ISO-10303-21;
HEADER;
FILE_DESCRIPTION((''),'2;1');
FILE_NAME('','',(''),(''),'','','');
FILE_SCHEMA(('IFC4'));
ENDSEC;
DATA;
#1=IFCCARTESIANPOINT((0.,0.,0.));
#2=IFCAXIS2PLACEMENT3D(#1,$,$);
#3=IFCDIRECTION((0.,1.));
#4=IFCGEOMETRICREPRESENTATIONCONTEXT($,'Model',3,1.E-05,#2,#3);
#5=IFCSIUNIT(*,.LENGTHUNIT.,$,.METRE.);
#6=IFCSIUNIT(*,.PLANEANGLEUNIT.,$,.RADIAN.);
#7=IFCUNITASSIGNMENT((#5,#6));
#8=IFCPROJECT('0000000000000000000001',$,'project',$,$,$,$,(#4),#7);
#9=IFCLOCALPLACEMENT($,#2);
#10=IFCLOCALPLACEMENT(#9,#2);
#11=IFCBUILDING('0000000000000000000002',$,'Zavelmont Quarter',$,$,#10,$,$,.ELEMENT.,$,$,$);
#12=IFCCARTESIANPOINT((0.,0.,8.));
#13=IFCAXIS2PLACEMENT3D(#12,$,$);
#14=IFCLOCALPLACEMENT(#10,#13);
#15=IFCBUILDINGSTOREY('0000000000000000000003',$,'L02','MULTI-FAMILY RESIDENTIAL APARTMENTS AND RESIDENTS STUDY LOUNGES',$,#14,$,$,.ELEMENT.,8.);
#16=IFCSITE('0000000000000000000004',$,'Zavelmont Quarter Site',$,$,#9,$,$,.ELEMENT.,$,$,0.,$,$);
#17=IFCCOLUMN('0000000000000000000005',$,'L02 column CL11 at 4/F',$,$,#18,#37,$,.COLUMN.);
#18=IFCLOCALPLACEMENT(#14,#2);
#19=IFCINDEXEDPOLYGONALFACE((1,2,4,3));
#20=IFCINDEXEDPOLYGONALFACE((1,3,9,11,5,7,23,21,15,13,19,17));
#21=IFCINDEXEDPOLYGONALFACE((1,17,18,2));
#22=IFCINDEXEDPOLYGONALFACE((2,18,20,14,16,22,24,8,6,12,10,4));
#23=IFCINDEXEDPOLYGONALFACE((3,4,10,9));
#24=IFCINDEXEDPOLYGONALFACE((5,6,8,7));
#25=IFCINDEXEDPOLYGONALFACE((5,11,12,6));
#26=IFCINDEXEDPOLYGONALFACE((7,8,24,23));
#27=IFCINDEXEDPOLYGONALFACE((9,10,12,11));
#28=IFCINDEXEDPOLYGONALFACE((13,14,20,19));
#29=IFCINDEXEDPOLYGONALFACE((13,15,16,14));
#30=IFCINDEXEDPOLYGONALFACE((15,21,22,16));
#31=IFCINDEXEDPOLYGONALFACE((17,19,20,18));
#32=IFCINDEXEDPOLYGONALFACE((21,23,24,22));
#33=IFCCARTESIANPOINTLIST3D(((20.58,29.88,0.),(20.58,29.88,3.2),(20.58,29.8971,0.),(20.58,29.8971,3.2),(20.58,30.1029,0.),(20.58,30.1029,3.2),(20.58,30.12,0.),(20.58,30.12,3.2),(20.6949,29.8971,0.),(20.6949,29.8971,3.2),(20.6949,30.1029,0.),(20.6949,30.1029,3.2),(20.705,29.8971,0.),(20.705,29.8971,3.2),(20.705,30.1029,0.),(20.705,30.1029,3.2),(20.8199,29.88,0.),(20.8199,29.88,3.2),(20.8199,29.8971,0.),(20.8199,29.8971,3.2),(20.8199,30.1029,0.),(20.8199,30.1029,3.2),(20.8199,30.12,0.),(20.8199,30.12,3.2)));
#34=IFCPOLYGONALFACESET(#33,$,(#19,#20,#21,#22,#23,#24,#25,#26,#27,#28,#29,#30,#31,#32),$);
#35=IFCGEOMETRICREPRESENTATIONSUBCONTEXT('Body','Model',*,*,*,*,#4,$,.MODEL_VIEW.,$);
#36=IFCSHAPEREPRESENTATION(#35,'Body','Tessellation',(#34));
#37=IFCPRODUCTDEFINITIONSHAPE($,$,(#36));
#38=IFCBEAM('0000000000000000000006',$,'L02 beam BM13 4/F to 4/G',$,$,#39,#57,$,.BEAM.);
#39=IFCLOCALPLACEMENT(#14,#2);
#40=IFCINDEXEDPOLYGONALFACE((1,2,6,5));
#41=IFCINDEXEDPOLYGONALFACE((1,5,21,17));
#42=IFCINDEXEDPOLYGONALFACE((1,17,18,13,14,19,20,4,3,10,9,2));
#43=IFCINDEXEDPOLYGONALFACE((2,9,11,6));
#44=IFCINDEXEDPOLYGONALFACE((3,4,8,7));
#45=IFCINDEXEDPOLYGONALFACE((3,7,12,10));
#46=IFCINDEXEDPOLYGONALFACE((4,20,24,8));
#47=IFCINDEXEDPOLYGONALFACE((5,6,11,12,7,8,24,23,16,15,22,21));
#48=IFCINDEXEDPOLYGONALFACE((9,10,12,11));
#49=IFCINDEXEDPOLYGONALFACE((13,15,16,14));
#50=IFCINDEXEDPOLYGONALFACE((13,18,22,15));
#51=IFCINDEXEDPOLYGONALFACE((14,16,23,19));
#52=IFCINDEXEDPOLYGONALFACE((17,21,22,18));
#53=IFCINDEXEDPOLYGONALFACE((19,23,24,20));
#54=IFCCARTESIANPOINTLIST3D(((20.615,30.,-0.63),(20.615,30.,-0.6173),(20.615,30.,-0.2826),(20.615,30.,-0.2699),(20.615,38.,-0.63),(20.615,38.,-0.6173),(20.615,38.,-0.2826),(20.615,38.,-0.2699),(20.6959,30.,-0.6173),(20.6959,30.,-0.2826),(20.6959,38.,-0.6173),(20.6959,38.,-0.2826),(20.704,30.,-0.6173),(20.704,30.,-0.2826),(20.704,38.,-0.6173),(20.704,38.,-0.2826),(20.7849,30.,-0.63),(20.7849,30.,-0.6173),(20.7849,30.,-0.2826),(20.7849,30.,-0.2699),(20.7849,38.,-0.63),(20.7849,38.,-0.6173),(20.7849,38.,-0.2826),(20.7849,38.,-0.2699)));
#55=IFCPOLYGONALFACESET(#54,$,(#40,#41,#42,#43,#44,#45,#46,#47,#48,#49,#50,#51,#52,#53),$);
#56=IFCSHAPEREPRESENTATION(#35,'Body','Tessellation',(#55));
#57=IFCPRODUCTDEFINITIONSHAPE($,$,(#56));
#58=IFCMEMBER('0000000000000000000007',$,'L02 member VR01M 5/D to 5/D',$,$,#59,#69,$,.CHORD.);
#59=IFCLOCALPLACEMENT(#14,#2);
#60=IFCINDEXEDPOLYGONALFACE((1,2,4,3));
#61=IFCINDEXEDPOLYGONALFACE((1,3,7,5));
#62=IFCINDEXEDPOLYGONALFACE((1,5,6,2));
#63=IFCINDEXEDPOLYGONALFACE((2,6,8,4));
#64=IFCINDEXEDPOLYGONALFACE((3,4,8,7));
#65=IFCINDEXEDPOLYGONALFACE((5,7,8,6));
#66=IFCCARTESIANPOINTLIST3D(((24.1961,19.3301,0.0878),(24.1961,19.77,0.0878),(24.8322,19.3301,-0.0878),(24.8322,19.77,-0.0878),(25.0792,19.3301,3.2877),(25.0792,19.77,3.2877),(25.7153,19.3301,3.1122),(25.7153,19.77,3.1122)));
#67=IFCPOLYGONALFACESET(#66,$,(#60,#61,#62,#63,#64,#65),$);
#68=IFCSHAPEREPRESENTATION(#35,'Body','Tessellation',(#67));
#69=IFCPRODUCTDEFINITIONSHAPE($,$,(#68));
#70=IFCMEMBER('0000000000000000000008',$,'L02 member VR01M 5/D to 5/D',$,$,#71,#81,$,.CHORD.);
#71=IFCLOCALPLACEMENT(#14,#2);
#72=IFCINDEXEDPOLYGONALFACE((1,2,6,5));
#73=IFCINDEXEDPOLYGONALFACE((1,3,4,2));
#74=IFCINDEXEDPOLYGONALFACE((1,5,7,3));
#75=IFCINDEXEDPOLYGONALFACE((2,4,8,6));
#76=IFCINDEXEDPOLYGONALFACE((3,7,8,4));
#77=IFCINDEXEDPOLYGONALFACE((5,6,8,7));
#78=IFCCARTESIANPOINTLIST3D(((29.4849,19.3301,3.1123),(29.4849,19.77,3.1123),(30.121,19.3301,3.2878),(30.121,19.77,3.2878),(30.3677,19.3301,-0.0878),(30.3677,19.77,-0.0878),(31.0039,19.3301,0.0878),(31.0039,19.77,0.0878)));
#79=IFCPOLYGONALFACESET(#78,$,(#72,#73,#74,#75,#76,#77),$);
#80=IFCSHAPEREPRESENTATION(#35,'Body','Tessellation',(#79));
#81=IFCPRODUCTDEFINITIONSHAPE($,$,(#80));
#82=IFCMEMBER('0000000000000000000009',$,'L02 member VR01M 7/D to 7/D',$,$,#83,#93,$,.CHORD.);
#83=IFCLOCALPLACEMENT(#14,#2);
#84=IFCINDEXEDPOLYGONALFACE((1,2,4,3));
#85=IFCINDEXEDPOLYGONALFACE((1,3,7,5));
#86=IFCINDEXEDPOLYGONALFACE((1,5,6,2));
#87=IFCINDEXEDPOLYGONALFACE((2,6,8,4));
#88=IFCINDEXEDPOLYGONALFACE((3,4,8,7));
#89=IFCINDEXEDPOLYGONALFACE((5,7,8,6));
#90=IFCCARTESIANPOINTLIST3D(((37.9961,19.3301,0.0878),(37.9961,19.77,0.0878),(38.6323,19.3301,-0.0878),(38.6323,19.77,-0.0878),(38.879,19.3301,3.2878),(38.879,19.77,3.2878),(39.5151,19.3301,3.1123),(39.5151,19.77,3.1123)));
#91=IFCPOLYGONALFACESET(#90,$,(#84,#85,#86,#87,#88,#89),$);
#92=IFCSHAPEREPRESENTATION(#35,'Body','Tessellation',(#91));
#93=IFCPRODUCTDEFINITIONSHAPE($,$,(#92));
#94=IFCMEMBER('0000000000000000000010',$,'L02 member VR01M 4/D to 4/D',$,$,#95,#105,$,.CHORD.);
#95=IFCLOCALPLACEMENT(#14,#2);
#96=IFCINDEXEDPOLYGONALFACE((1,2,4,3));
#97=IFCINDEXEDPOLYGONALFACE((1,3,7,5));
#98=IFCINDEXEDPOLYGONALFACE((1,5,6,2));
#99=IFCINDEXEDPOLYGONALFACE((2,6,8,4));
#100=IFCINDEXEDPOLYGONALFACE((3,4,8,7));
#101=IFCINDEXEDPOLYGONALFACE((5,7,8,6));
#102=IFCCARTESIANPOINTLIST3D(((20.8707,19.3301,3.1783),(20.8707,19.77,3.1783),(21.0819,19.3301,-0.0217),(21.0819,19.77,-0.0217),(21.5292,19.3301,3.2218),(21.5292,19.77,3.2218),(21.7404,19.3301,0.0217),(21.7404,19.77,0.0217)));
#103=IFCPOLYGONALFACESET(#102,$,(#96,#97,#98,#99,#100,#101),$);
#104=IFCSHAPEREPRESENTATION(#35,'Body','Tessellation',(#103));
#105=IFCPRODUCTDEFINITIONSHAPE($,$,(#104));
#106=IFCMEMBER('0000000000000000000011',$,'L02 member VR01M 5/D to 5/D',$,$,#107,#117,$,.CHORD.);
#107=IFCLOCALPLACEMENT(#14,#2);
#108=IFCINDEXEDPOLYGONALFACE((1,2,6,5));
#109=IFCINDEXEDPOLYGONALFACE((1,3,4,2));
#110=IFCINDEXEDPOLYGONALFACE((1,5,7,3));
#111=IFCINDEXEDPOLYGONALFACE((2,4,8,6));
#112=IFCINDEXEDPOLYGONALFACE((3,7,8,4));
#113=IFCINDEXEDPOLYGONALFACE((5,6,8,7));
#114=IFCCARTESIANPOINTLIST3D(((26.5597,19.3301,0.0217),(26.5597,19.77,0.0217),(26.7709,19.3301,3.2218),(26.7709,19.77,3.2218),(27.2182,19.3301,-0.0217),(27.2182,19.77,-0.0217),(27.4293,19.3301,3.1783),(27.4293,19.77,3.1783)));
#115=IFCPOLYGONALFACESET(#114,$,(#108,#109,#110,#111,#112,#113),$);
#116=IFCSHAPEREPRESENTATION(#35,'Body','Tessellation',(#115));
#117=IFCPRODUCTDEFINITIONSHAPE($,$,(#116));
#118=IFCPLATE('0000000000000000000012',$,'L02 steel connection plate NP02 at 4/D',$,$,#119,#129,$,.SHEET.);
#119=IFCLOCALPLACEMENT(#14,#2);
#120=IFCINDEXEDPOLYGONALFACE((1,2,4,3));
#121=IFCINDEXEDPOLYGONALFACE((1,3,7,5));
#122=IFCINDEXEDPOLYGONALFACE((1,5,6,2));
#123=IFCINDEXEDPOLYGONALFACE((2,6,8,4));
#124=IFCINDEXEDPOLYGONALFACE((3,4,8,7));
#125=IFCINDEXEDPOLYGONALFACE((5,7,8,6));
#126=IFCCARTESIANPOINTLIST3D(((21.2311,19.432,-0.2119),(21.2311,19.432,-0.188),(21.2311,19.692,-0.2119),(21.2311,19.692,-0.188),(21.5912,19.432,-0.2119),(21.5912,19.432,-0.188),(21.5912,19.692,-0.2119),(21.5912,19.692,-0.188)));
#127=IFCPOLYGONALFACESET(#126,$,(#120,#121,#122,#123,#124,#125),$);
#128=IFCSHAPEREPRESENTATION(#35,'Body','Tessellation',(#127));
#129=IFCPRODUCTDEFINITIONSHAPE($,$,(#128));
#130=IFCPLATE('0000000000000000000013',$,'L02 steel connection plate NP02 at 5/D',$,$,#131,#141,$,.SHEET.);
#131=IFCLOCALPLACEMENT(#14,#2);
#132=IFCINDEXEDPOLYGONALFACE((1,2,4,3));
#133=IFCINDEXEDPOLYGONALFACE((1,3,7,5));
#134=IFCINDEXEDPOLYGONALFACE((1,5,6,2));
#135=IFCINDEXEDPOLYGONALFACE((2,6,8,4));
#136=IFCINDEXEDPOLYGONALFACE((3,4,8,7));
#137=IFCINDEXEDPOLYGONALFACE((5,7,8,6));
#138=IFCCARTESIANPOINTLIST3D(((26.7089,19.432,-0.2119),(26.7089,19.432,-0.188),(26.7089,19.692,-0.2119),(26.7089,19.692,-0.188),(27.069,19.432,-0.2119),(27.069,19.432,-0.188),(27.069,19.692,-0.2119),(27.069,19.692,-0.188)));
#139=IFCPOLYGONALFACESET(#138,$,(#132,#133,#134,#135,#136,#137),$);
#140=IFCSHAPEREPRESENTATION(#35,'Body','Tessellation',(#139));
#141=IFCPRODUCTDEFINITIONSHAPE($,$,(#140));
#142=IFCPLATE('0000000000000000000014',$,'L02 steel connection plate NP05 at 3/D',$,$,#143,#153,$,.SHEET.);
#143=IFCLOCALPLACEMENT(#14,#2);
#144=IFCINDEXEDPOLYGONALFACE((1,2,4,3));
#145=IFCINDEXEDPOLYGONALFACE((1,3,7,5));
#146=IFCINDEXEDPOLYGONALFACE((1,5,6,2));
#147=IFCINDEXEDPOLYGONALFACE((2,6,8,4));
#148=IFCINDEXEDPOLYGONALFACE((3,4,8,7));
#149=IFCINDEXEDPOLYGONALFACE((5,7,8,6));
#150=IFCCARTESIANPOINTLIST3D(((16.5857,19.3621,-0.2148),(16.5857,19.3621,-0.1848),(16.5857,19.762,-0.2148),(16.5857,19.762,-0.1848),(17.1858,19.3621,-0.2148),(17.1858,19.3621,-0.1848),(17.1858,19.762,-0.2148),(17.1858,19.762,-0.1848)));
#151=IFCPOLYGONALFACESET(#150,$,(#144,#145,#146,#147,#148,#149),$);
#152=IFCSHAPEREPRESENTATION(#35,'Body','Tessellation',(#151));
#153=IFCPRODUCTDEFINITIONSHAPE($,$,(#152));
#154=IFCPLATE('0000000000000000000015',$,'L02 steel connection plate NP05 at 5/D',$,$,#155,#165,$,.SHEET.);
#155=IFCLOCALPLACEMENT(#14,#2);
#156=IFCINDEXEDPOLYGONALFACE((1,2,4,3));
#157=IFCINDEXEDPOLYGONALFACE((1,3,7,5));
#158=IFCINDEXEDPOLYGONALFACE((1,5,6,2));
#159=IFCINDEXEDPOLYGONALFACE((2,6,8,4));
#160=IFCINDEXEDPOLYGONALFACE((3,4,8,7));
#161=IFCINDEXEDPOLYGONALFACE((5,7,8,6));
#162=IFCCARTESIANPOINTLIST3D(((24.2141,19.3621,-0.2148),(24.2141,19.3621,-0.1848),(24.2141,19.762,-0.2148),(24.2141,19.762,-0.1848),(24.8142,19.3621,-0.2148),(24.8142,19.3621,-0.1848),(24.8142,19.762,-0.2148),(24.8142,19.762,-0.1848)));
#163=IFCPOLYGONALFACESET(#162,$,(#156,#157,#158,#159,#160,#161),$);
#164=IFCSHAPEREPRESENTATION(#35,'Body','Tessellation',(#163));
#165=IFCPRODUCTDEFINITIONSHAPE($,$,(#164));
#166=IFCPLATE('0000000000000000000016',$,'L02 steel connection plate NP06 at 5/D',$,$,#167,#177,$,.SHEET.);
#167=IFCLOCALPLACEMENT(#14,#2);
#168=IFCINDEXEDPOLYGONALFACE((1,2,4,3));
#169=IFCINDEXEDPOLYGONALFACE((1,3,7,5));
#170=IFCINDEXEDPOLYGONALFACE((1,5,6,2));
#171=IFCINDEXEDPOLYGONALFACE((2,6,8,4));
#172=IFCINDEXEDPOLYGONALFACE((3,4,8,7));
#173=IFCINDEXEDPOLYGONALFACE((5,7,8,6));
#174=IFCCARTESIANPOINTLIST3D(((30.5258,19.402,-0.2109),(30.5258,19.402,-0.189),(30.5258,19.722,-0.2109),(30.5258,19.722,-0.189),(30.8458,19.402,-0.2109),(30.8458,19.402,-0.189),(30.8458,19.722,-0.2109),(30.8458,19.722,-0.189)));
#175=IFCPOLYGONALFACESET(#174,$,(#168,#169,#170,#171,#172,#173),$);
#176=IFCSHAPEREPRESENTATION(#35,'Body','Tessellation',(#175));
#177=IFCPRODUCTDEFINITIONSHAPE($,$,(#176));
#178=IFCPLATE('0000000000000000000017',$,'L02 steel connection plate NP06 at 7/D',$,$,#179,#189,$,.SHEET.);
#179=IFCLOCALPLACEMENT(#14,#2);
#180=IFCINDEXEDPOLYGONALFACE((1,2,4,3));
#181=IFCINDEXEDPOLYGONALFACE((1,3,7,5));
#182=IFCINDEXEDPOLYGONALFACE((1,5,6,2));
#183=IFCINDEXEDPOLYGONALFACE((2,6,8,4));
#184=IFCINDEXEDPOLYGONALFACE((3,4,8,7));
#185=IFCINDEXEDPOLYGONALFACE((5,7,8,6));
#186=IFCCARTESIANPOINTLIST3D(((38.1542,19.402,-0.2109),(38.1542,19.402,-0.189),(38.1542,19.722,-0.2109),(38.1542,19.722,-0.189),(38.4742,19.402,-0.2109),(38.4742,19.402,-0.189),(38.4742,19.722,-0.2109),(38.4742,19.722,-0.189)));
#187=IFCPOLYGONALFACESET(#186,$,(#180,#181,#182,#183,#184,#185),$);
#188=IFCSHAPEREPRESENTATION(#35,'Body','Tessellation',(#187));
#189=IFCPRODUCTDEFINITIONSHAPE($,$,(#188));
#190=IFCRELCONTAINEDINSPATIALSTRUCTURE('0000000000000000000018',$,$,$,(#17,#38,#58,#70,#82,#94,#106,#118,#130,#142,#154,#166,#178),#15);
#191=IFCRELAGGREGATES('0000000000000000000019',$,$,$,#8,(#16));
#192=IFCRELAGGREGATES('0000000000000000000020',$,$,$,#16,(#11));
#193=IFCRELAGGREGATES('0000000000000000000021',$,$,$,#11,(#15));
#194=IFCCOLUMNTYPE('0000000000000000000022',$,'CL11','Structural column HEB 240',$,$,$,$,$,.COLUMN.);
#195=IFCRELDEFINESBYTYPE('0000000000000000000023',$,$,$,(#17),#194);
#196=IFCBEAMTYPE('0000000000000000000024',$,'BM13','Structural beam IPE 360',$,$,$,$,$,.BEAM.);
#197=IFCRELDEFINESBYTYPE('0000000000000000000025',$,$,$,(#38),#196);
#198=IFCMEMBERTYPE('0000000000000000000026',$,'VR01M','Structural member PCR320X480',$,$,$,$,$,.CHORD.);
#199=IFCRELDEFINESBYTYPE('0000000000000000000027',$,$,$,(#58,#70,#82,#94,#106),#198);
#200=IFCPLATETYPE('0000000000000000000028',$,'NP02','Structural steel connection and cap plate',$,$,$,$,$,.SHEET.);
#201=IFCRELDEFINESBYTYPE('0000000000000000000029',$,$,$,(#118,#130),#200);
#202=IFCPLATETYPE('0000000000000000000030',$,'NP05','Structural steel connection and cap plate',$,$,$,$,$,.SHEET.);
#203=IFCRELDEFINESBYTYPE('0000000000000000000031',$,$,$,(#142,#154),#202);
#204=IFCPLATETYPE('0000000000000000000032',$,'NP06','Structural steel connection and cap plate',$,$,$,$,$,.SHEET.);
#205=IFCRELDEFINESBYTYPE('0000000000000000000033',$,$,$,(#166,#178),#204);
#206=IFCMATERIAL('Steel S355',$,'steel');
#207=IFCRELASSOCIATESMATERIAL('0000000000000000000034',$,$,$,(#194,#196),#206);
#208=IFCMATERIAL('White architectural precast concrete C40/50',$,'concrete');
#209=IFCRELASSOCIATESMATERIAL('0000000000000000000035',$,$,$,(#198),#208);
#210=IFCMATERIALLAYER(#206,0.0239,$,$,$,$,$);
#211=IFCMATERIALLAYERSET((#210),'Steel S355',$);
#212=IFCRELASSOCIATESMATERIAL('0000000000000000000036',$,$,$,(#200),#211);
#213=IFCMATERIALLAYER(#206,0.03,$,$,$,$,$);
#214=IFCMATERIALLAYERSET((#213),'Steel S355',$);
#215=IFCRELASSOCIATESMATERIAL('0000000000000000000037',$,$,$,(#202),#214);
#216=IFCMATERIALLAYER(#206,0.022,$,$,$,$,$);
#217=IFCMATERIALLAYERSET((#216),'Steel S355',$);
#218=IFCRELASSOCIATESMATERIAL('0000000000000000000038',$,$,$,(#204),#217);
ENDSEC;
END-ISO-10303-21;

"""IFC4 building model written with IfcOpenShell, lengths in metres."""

from ifc_helpers import new_model, si_unit, direction, frame, origin, origin_2d, place, context, subcontext, project, spatial, rectangle, i_section, extrude, material, layer, layer_set, material_profile, profile_set, type_object, element, save


model = new_model("IFC4")

# Units and contexts
model_context = context("Model", 3, precision=1e-05, world=origin(), true_north=direction((0.0, 1.0)))
body_context = subcontext(model_context, "Body", "Model", "MODEL_VIEW")
ifc_project = project(units=[si_unit("LENGTHUNIT", "METRE"), si_unit("PLANEANGLEUNIT", "RADIAN")], contexts=[model_context])

# Site, building, storey
site_placement = place(None, origin())
site = spatial("IfcSite", under=ifc_project, at=site_placement, Name="Zavelmont Quarter Site", CompositionType="ELEMENT", RefElevation=0.0)
building_placement = place(site_placement, origin())
building = spatial("IfcBuilding", under=site, at=building_placement, Name="Zavelmont Quarter", CompositionType="ELEMENT")
storey_placement = place(building_placement, frame((0.0, 0.0, 8.0)))
storey = spatial("IfcBuildingStorey", under=building, at=storey_placement, Name="L02", Description="MULTI-FAMILY RESIDENTIAL APARTMENTS AND RESIDENTS STUDY LOUNGES", CompositionType="ELEMENT", Elevation=8.0)

# Column
ifc_material_1 = material(Name="Steel S355", Category="steel")
ifc_material_profile_1 = material_profile(ifc_material_1, i_section(OverallWidth=0.24, OverallDepth=0.24, WebThickness=0.01, FlangeThickness=0.0171, at=origin_2d()), Name="HEB 240")
ifc_profile_set_1 = profile_set([ifc_material_profile_1], Name="Steel S355")
column_type = type_object("IfcColumnType", Name="CL11", Description="Structural column HEB 240", PredefinedType="COLUMN", material=ifc_profile_set_1)
column_placement = place(storey_placement, frame((20.7, 30.0, 0.0), z_axis=(0.0, 0.0, 1.0), x_axis=(1.0, 0.0, 0.0)))
element("IfcColumn", 1, at=column_placement, inside=storey, type_object=column_type, Name="L02 column CL11 at 4/F", PredefinedType="COLUMN", context=body_context, shape_type="SweptSolid", body=[
    extrude(i_section(OverallWidth=0.24, OverallDepth=0.24, WebThickness=0.01, FlangeThickness=0.0171, at=origin_2d()), origin(), (0.0, 0.0, 1.0), 3.2),
])

# Beam
ifc_material_profile_2 = material_profile(ifc_material_1, i_section(OverallWidth=0.1699, OverallDepth=0.3601, WebThickness=0.0081, FlangeThickness=0.0127, at=origin_2d()), Name="IPE 360")
ifc_profile_set_2 = profile_set([ifc_material_profile_2], Name="Steel S355")
beam_type = type_object("IfcBeamType", Name="BM13", Description="Structural beam IPE 360", PredefinedType="BEAM", material=ifc_profile_set_2)
beam_placement = place(storey_placement, frame((20.7, 30.0, -0.45), z_axis=(0.0, 1.0, 0.0), x_axis=(-1.0, 0.0, 0.0)))
element("IfcBeam", 2, at=beam_placement, inside=storey, type_object=beam_type, Name="L02 beam BM13 4/F to 4/G", PredefinedType="BEAM", context=body_context, shape_type="SweptSolid", body=[
    extrude(i_section(OverallWidth=0.1699, OverallDepth=0.3601, WebThickness=0.0081, FlangeThickness=0.0127, at=origin_2d()), origin(), (0.0, 0.0, 1.0), 8.0),
])

# Members
ifc_material_2 = material(Name="White architectural precast concrete C40/50", Category="concrete")
ifc_material_profile_3 = material_profile(ifc_material_2, rectangle(XDim=0.4399, YDim=0.6599, at=origin_2d()), Name="PCR320X480")
ifc_profile_set_3 = profile_set([ifc_material_profile_3], Name="White architectural precast concrete C40/50")
member_type = type_object("IfcMemberType", Name="VR01M", Description="Structural member PCR320X480", PredefinedType="CHORD", material=ifc_profile_set_3)
for number, where, z_axis, x_axis, name in (
    (3, (24.5142, 19.55, 0.0), (0.266016, 0.0, 0.963969), (0.0, 1.0, 0.0), "L02 member VR01M 5/D to 5/D"),
    (4, (30.6858, 19.55, 0.0), (-0.265948, 0.0, 0.963987), (0.0, -1.0, 0.0), "L02 member VR01M 5/D to 5/D"),
    (5, (38.3142, 19.55, 0.0), (0.265948, 0.0, 0.963987), (0.0, 1.0, 0.0), "L02 member VR01M 7/D to 7/D"),
):
    element("IfcMember", number, at=place(storey_placement, frame(where, z_axis=z_axis, x_axis=x_axis)), inside=storey, type_object=member_type, Name=name, PredefinedType="CHORD", context=body_context, shape_type="SweptSolid", body=[
        extrude(rectangle(XDim=0.4399, YDim=0.6599, at=origin_2d()), origin(), (0.0, 0.0, 1.0), 3.3196),
    ])
for number, where, z_axis, x_axis, name in (
    (6, (21.4111, 19.55, 0.0), (-0.065852, 0.0, 0.997829), (0.0, -1.0, 0.0), "L02 member VR01M 4/D to 4/D"),
    (7, (26.8889, 19.55, 0.0), (0.065852, 0.0, 0.997829), (0.0, 1.0, 0.0), "L02 member VR01M 5/D to 5/D"),
):
    element("IfcMember", number, at=place(storey_placement, frame(where, z_axis=z_axis, x_axis=x_axis)), inside=storey, type_object=member_type, Name=name, PredefinedType="CHORD", context=body_context, shape_type="SweptSolid", body=[
        extrude(rectangle(XDim=0.4399, YDim=0.6599, at=origin_2d()), origin(), (0.0, 0.0, 1.0), 3.207),
    ])

# Plates
ifc_layer_1 = layer(ifc_material_1, 0.0239)
ifc_layer_set_1 = layer_set([ifc_layer_1], Name="Steel S355")
plate_type_1 = type_object("IfcPlateType", Name="NP02", Description="Structural steel connection and cap plate", PredefinedType="SHEET", material=ifc_layer_set_1)
for number, where, z_axis, x_axis, name in (
    (8, (21.4111, 19.562, -0.2119), (0.0, 0.0, 1.0), (1.0, 0.0, 0.0), "L02 steel connection plate NP02 at 4/D"),
    (9, (26.8889, 19.562, -0.2119), (0.0, 0.0, 1.0), (1.0, 0.0, 0.0), "L02 steel connection plate NP02 at 5/D"),
):
    element("IfcPlate", number, at=place(storey_placement, frame(where, z_axis=z_axis, x_axis=x_axis)), inside=storey, type_object=plate_type_1, Name=name, PredefinedType="SHEET", context=body_context, shape_type="SweptSolid", body=[
        extrude(rectangle(XDim=0.3601, YDim=0.26, at=origin_2d()), origin(), (0.0, 0.0, 1.0), 0.0239),
    ])
ifc_layer_2 = layer(ifc_material_1, 0.03)
ifc_layer_set_2 = layer_set([ifc_layer_2], Name="Steel S355")
plate_type_2 = type_object("IfcPlateType", Name="NP05", Description="Structural steel connection and cap plate", PredefinedType="SHEET", material=ifc_layer_set_2)
for number, where, z_axis, x_axis, name in (
    (10, (16.8857, 19.562, -0.2148), (0.0, 0.0, 1.0), (1.0, 0.0, 0.0), "L02 steel connection plate NP05 at 3/D"),
    (11, (24.5142, 19.562, -0.2148), (0.0, 0.0, 1.0), (1.0, 0.0, 0.0), "L02 steel connection plate NP05 at 5/D"),
):
    element("IfcPlate", number, at=place(storey_placement, frame(where, z_axis=z_axis, x_axis=x_axis)), inside=storey, type_object=plate_type_2, Name=name, PredefinedType="SHEET", context=body_context, shape_type="SweptSolid", body=[
        extrude(rectangle(XDim=0.6001, YDim=0.3999, at=origin_2d()), origin(), (0.0, 0.0, 1.0), 0.03),
    ])
ifc_layer_3 = layer(ifc_material_1, 0.022)
ifc_layer_set_3 = layer_set([ifc_layer_3], Name="Steel S355")
plate_type_3 = type_object("IfcPlateType", Name="NP06", Description="Structural steel connection and cap plate", PredefinedType="SHEET", material=ifc_layer_set_3)
for number, where, z_axis, x_axis, name in (
    (12, (30.6858, 19.562, -0.2109), (0.0, 0.0, 1.0), (1.0, 0.0, 0.0), "L02 steel connection plate NP06 at 5/D"),
    (13, (38.3142, 19.562, -0.2109), (0.0, 0.0, 1.0), (1.0, 0.0, 0.0), "L02 steel connection plate NP06 at 7/D"),
):
    element("IfcPlate", number, at=place(storey_placement, frame(where, z_axis=z_axis, x_axis=x_axis)), inside=storey, type_object=plate_type_3, Name=name, PredefinedType="SHEET", context=body_context, shape_type="SweptSolid", body=[
        extrude(rectangle(XDim=0.3201, YDim=0.3201, at=origin_2d()), origin(), (0.0, 0.0, 1.0), 0.022),
    ])

save(model, "model.ifc")
